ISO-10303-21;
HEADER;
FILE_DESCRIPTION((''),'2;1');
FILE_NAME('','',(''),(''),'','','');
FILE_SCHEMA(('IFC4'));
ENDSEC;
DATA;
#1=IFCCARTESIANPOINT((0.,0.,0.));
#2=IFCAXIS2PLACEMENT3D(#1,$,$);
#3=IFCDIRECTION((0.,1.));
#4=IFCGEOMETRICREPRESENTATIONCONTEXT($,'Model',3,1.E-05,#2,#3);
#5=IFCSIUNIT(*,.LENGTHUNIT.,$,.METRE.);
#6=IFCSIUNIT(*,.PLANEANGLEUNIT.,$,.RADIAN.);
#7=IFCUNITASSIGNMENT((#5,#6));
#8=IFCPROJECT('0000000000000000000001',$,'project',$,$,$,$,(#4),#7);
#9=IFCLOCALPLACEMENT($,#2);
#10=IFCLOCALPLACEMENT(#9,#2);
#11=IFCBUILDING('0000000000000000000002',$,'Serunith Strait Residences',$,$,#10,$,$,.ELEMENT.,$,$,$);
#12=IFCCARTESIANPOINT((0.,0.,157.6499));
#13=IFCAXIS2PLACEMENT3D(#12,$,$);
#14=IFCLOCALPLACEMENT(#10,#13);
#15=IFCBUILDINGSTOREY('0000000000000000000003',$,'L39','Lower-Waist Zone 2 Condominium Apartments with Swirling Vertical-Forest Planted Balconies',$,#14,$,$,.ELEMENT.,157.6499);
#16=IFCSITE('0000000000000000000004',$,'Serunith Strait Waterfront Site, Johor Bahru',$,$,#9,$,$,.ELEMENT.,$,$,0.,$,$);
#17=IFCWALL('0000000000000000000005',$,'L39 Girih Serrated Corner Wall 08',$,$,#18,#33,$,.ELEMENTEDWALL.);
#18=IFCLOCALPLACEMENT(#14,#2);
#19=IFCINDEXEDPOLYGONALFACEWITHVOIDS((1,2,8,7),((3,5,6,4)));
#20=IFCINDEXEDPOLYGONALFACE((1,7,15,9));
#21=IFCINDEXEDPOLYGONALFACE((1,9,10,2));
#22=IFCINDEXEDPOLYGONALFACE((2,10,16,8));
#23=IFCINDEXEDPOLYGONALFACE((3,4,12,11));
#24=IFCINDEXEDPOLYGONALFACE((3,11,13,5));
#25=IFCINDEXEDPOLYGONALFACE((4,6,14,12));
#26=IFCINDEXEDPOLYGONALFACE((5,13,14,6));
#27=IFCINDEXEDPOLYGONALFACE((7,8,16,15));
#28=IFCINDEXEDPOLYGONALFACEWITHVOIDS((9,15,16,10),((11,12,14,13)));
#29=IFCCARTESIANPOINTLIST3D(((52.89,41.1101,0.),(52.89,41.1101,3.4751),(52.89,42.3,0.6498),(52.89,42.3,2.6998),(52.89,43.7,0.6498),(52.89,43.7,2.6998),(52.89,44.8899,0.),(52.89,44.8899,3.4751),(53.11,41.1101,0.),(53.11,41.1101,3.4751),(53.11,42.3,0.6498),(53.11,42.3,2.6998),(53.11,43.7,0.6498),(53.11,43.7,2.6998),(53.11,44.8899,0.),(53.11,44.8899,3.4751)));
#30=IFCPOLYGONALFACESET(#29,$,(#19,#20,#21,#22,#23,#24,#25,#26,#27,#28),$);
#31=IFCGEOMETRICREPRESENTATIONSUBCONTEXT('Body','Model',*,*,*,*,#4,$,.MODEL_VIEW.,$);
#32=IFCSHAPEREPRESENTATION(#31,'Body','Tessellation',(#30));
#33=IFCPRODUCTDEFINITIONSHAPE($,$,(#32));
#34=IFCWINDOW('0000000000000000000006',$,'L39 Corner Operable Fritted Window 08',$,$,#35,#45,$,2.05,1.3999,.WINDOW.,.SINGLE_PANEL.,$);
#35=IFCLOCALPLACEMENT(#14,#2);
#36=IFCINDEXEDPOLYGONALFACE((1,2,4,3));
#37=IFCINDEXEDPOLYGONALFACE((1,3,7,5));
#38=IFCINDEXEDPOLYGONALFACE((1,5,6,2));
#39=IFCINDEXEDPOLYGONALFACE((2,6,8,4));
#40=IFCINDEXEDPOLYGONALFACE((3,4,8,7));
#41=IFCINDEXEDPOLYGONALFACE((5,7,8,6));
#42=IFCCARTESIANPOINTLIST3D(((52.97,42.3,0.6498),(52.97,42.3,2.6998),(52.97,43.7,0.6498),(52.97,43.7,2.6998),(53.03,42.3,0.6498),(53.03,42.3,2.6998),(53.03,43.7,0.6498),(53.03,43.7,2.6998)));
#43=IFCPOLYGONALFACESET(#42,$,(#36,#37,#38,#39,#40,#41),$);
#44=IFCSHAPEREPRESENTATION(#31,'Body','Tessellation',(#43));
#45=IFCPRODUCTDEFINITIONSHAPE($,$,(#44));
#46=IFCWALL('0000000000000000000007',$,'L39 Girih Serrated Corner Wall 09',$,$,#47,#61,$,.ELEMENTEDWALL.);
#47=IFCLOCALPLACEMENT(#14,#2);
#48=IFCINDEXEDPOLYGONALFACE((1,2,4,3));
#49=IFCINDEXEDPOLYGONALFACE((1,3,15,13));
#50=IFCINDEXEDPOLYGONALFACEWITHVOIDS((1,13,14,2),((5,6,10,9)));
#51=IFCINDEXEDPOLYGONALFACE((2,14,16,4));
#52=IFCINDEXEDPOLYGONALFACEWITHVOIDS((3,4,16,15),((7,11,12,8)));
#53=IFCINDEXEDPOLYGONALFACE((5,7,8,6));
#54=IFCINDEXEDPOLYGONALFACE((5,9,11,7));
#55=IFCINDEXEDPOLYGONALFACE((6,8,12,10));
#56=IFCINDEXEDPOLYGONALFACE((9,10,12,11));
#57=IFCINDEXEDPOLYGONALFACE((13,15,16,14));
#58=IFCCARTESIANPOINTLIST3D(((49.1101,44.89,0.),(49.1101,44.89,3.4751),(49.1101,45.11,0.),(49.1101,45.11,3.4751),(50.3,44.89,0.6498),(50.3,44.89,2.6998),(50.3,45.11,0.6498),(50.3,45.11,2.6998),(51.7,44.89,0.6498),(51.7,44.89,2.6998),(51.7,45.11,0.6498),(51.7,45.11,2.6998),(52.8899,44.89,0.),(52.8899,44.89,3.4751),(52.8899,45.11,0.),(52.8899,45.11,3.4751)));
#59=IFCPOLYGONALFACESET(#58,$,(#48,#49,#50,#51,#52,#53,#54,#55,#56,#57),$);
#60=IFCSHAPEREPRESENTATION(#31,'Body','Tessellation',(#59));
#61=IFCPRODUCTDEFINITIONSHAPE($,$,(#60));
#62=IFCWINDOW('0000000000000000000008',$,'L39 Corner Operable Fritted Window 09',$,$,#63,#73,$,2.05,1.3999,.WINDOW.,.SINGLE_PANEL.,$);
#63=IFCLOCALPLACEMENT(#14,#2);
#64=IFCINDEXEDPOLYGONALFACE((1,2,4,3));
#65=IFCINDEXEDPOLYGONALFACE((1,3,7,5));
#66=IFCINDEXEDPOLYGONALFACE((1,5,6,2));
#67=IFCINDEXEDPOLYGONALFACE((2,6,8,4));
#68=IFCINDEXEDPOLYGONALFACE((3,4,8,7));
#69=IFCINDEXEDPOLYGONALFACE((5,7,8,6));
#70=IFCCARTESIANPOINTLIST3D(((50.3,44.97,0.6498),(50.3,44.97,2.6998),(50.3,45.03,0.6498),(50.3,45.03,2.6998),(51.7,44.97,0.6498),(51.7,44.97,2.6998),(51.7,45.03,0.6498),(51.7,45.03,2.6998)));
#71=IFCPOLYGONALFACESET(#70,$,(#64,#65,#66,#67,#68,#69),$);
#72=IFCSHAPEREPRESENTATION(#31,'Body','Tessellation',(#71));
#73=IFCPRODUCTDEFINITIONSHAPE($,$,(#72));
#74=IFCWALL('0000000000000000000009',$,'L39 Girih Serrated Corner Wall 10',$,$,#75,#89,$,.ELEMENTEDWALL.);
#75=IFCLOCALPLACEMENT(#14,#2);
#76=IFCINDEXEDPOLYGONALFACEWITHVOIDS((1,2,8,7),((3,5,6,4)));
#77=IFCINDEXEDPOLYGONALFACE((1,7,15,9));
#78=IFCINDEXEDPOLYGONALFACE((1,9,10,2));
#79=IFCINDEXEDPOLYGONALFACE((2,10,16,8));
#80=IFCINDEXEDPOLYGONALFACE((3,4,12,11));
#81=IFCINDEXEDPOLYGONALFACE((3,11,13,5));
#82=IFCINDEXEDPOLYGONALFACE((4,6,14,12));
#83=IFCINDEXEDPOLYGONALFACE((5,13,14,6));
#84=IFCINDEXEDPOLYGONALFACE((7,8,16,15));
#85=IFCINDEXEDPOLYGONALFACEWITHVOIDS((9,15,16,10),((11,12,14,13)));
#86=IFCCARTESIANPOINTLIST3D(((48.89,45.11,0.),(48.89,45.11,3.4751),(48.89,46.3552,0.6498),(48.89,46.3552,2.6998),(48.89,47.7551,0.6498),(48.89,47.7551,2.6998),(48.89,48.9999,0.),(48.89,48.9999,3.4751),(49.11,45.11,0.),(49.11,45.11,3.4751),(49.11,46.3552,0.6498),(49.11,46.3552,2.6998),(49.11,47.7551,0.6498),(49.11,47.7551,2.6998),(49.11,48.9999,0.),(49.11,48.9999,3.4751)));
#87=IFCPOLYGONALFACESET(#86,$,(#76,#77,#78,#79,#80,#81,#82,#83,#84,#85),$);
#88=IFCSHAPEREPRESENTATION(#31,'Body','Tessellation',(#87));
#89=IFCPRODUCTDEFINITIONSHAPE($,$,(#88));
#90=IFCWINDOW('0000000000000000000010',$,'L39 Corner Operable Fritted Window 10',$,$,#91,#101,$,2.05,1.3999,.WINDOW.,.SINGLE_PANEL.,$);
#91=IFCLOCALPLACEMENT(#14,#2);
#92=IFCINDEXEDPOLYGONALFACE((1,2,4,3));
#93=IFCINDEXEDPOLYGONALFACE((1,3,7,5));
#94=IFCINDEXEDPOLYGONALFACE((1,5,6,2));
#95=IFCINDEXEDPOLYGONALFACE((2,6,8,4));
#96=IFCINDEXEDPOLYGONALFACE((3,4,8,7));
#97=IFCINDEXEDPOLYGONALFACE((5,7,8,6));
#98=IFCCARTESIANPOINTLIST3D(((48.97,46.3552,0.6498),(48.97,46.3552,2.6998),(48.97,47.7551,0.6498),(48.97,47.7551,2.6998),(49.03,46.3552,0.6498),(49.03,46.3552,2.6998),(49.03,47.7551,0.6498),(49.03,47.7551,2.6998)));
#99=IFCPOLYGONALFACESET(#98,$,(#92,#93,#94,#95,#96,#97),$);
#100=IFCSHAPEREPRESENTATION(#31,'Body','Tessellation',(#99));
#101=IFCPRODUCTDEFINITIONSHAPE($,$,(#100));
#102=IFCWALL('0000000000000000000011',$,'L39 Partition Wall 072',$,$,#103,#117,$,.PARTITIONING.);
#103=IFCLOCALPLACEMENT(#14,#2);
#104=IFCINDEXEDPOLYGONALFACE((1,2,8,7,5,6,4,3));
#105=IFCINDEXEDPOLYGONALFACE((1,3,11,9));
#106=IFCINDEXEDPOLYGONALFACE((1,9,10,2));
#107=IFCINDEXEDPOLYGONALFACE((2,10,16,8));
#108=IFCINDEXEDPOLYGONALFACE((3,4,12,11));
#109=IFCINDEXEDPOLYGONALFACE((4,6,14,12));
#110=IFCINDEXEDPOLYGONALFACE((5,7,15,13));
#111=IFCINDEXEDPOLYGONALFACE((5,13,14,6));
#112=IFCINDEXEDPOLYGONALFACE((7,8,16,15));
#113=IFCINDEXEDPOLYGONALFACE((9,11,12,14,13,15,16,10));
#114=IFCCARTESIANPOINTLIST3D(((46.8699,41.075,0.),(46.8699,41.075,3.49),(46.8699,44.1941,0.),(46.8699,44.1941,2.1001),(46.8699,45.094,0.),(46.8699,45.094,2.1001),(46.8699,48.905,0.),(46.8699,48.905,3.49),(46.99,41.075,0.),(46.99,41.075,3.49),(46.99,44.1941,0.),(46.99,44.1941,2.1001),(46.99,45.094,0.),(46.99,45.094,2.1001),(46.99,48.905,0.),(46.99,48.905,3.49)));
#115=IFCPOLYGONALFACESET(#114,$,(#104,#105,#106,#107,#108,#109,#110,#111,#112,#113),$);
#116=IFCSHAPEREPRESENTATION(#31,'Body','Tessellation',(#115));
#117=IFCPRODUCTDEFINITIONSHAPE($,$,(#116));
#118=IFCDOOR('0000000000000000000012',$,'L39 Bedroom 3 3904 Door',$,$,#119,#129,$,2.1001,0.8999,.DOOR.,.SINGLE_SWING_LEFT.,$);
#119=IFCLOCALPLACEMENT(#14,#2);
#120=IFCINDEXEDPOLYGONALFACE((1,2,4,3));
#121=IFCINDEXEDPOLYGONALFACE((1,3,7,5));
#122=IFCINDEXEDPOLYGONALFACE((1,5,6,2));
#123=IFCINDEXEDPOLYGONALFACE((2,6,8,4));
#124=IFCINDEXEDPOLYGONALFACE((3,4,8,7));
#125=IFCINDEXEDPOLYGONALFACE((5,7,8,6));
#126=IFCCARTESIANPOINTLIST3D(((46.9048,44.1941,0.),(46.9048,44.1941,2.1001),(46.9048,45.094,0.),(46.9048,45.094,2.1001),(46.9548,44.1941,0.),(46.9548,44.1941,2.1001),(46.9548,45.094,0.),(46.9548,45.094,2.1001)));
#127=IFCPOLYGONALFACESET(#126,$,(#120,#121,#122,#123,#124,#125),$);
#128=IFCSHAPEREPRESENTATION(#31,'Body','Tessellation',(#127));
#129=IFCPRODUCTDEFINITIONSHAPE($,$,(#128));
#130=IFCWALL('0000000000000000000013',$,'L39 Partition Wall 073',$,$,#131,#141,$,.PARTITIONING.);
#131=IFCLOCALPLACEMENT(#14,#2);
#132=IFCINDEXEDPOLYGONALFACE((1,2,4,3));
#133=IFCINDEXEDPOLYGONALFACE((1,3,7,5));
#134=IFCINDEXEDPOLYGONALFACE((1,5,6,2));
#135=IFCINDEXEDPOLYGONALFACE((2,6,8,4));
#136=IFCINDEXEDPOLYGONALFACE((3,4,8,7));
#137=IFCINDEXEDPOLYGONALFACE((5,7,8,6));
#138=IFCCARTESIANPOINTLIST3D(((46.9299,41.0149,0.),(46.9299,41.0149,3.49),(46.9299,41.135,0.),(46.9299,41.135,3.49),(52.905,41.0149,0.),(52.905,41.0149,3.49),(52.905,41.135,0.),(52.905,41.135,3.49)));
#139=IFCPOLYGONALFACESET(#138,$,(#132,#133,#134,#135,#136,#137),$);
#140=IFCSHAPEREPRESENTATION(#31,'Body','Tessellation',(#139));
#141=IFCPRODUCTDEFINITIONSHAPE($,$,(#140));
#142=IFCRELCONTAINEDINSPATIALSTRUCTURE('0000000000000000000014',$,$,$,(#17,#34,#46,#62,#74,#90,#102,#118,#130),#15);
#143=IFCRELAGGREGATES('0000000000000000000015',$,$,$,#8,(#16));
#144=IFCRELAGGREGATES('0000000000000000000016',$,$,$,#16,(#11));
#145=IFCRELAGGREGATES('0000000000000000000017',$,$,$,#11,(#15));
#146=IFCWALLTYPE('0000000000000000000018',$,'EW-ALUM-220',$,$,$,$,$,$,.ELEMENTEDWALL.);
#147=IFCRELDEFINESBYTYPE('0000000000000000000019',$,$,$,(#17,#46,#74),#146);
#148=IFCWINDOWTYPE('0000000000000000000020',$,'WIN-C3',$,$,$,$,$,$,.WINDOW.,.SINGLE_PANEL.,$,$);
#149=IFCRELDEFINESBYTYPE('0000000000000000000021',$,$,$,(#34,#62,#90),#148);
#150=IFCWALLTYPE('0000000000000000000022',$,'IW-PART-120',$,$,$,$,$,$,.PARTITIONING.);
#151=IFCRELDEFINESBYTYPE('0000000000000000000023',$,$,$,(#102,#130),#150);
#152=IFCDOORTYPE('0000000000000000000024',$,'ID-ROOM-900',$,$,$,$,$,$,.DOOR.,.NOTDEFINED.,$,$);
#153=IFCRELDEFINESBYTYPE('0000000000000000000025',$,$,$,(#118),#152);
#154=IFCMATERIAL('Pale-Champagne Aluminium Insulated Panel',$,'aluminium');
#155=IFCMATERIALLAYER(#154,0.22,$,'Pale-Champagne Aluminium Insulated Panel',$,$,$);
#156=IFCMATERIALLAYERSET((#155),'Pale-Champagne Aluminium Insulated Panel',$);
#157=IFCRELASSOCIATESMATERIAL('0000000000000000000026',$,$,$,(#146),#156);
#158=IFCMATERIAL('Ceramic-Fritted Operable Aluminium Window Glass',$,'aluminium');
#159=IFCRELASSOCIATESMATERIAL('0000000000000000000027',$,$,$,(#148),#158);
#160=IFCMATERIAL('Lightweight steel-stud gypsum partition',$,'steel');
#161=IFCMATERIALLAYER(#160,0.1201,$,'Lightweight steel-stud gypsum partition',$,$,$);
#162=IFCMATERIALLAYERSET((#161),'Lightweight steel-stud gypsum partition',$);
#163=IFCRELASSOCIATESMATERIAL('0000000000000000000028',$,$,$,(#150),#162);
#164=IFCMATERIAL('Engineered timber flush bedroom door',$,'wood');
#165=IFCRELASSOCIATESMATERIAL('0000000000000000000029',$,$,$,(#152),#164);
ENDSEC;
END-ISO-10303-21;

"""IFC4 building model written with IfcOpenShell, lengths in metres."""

from ifc_helpers import new_model, si_unit, direction, frame, frame_2d, origin, place, context, subcontext, project, spatial, rectangle, extrude, source, transform, mapped, material, layer, layer_set, type_object, element, fill, save


model = new_model("IFC4")

# Units and contexts
model_context = context("Model", 3, precision=1e-05, world=origin(), true_north=direction((0.0, 1.0)))
body_context = subcontext(model_context, "Body", "Model", "MODEL_VIEW")
ifc_project = project(units=[si_unit("LENGTHUNIT", "METRE"), si_unit("PLANEANGLEUNIT", "RADIAN")], contexts=[model_context])

# Site, building, storey
site_placement = place(None, origin())
site = spatial("IfcSite", under=ifc_project, at=site_placement, Name="Serunith Strait Waterfront Site, Johor Bahru", CompositionType="ELEMENT", RefElevation=0.0)
building_placement = place(site_placement, origin())
building = spatial("IfcBuilding", under=site, at=building_placement, Name="Serunith Strait Residences", CompositionType="ELEMENT")
storey_placement = place(building_placement, frame((0.0, 0.0, 157.6499)))
storey = spatial("IfcBuildingStorey", under=building, at=storey_placement, Name="L39", Description="Lower-Waist Zone 2 Condominium Apartments with Swirling Vertical-Forest Planted Balconies", CompositionType="ELEMENT", Elevation=157.6499)

# Walls, openings, windows
ifc_material_1 = material(Name="Pale-Champagne Aluminium Insulated Panel", Category="aluminium")
ifc_layer_1 = layer(ifc_material_1, 0.22, Name="Pale-Champagne Aluminium Insulated Panel")
ifc_layer_set_1 = layer_set([ifc_layer_1], Name="Pale-Champagne Aluminium Insulated Panel")
wall_type_1 = type_object("IfcWallType", Name="EW-ALUM-220", PredefinedType="ELEMENTEDWALL", material=ifc_layer_set_1)
ifc_material_2 = material(Name="Ceramic-Fritted Operable Aluminium Window Glass", Category="aluminium")
window_type = type_object("IfcWindowType", Name="WIN-C3", PartitioningType="SINGLE_PANEL", PredefinedType="WINDOW", material=ifc_material_2)
shared_shape_1 = source(origin(), body_context, "Body", "SweptSolid", [
    extrude(rectangle(XDim=1.3999, YDim=2.05, at=frame_2d((0.7, 1.0249))), frame((0.0, 0.03, 0.0), z_axis=(0.0, -1.0, 0.0), x_axis=(1.0, 0.0, 0.0)), (0.0, 0.0, 1.0), 0.0601),
])
wall_1_placement = place(storey_placement, frame((53.0, 41.1101, 0.0), z_axis=(0.0, 0.0, 1.0), x_axis=(0.0, 1.0, 0.0)))
wall_1 = element("IfcWall", 1, at=wall_1_placement, inside=storey, type_object=wall_type_1, Name="L39 Girih Serrated Corner Wall 08", PredefinedType="ELEMENTEDWALL", context=body_context, shape_type="SweptSolid", body=[
    extrude(rectangle(XDim=3.7798, YDim=0.22, at=frame_2d((1.8899, 0.0))), origin(), (0.0, 0.0, 1.0), 3.4751),
])
opening_1_placement = place(wall_1_placement, frame((1.1899, 0.0, 0.6499)))
opening_1 = element("IfcOpeningElement", 2, at=opening_1_placement, cuts=wall_1, PredefinedType="OPENING", context=body_context, shape_type="SweptSolid", body=[
    extrude(rectangle(XDim=1.3999, YDim=2.05, at=frame_2d((0.7, 1.0249))), frame((0.0, 0.1201, 0.0), z_axis=(0.0, -1.0, 0.0), x_axis=(1.0, 0.0, 0.0)), (0.0, 0.0, 1.0), 0.24),
])
window_1_placement = place(opening_1_placement, origin())
window_1 = element("IfcWindow", 3, at=window_1_placement, inside=storey, type_object=window_type, Name="L39 Corner Operable Fritted Window 08", OverallHeight=2.05, OverallWidth=1.3999, PartitioningType="SINGLE_PANEL", PredefinedType="WINDOW", context=body_context, shape_type="MappedRepresentation", body=[
    mapped(shared_shape_1, transform((0.0, 0.0, 0.0), scale=1.0)),
])
fill(opening_1, window_1)
wall_2_placement = place(storey_placement, frame((52.8899, 45.0, 0.0), z_axis=(0.0, 0.0, 1.0), x_axis=(-1.0, 0.0, 0.0)))
wall_2 = element("IfcWall", 4, at=wall_2_placement, inside=storey, type_object=wall_type_1, Name="L39 Girih Serrated Corner Wall 09", PredefinedType="ELEMENTEDWALL", context=body_context, shape_type="SweptSolid", body=[
    extrude(rectangle(XDim=3.7798, YDim=0.22, at=frame_2d((1.8899, 0.0))), origin(), (0.0, 0.0, 1.0), 3.4751),
])
opening_2_placement = place(wall_2_placement, frame((1.1899, 0.0, 0.6499)))
opening_2 = element("IfcOpeningElement", 5, at=opening_2_placement, cuts=wall_2, PredefinedType="OPENING", context=body_context, shape_type="SweptSolid", body=[
    extrude(rectangle(XDim=1.3999, YDim=2.05, at=frame_2d((0.7, 1.0249))), frame((0.0, 0.1201, 0.0), z_axis=(0.0, -1.0, 0.0), x_axis=(1.0, 0.0, 0.0)), (0.0, 0.0, 1.0), 0.24),
])
window_2_placement = place(opening_2_placement, origin())
window_2 = element("IfcWindow", 6, at=window_2_placement, inside=storey, type_object=window_type, Name="L39 Corner Operable Fritted Window 09", OverallHeight=2.05, OverallWidth=1.3999, PartitioningType="SINGLE_PANEL", PredefinedType="WINDOW", context=body_context, shape_type="MappedRepresentation", body=[
    mapped(shared_shape_1, transform((0.0, 0.0, 0.0), scale=1.0)),
])
fill(opening_2, window_2)
wall_3_placement = place(storey_placement, frame((49.0, 45.1101, 0.0), z_axis=(0.0, 0.0, 1.0), x_axis=(0.0, 1.0, 0.0)))
wall_3 = element("IfcWall", 7, at=wall_3_placement, inside=storey, type_object=wall_type_1, Name="L39 Girih Serrated Corner Wall 10", PredefinedType="ELEMENTEDWALL", context=body_context, shape_type="SweptSolid", body=[
    extrude(rectangle(XDim=3.8899, YDim=0.22, at=frame_2d((1.9448, 0.0))), origin(), (0.0, 0.0, 1.0), 3.4751),
])
opening_3_placement = place(wall_3_placement, frame((1.2451, 0.0, 0.6499)))
opening_3 = element("IfcOpeningElement", 8, at=opening_3_placement, cuts=wall_3, PredefinedType="OPENING", context=body_context, shape_type="SweptSolid", body=[
    extrude(rectangle(XDim=1.3999, YDim=2.05, at=frame_2d((0.7, 1.0249))), frame((0.0, 0.1201, 0.0), z_axis=(0.0, -1.0, 0.0), x_axis=(1.0, 0.0, 0.0)), (0.0, 0.0, 1.0), 0.24),
])
window_3_placement = place(opening_3_placement, origin())
window_3 = element("IfcWindow", 9, at=window_3_placement, inside=storey, type_object=window_type, Name="L39 Corner Operable Fritted Window 10", OverallHeight=2.05, OverallWidth=1.3999, PartitioningType="SINGLE_PANEL", PredefinedType="WINDOW", context=body_context, shape_type="MappedRepresentation", body=[
    mapped(shared_shape_1, transform((0.0, 0.0, 0.0), scale=1.0)),
])
fill(opening_3, window_3)

# Wall, opening, door
ifc_material_3 = material(Name="Lightweight steel-stud gypsum partition", Category="steel")
ifc_layer_2 = layer(ifc_material_3, 0.1201, Name="Lightweight steel-stud gypsum partition")
ifc_layer_set_2 = layer_set([ifc_layer_2], Name="Lightweight steel-stud gypsum partition")
wall_type_2 = type_object("IfcWallType", Name="IW-PART-120", PredefinedType="PARTITIONING", material=ifc_layer_set_2)
wall_4_placement = place(storey_placement, frame((46.9299, 48.905, 0.0), z_axis=(0.0, 0.0, 1.0), x_axis=(0.0, -1.0, 0.0)))
wall_4 = element("IfcWall", 10, at=wall_4_placement, inside=storey, type_object=wall_type_2, Name="L39 Partition Wall 072", PredefinedType="PARTITIONING", context=body_context, shape_type="SweptSolid", body=[
    extrude(rectangle(XDim=7.8301, YDim=0.1201, at=frame_2d((3.915, 0.0))), origin(), (0.0, 0.0, 1.0), 3.49),
])
opening_4_placement = place(wall_4_placement, frame((3.811, 0.0, 0.0)))
opening_4 = element("IfcOpeningElement", 11, at=opening_4_placement, cuts=wall_4, PredefinedType="OPENING", context=body_context, shape_type="SweptSolid", body=[
    extrude(rectangle(XDim=0.8999, YDim=2.1001, at=frame_2d((0.45, 1.05))), frame((0.0, 0.0701, 0.0), z_axis=(0.0, -1.0, 0.0), x_axis=(1.0, 0.0, 0.0)), (0.0, 0.0, 1.0), 0.1401),
])
ifc_material_4 = material(Name="Engineered timber flush bedroom door", Category="wood")
door_type_1 = type_object("IfcDoorType", Name="ID-ROOM-900", OperationType="NOTDEFINED", PredefinedType="DOOR", material=ifc_material_4)
shared_shape_2 = source(origin(), body_context, "Body", "SweptSolid", [
    extrude(rectangle(XDim=0.8999, YDim=2.1001, at=frame_2d((0.45, 1.05))), frame((0.0, 0.0249, 0.0), z_axis=(0.0, -1.0, 0.0), x_axis=(1.0, 0.0, 0.0)), (0.0, 0.0, 1.0), 0.05),
])
door_1_placement = place(opening_4_placement, origin())
door_1 = element("IfcDoor", 12, at=door_1_placement, inside=storey, type_object=door_type_1, Name="L39 Bedroom 3 3904 Door", OperationType="SINGLE_SWING_LEFT", OverallHeight=2.1001, OverallWidth=0.8999, PredefinedType="DOOR", context=body_context, shape_type="MappedRepresentation", body=[
    mapped(shared_shape_2, transform((0.0, 0.0, 0.0), scale=1.0)),
])
fill(opening_4, door_1)

# Wall
wall_5_placement = place(storey_placement, frame((46.9299, 41.075, 0.0), z_axis=(0.0, 0.0, 1.0), x_axis=(1.0, 0.0, 0.0)))
element("IfcWall", 13, at=wall_5_placement, inside=storey, type_object=wall_type_2, Name="L39 Partition Wall 073", PredefinedType="PARTITIONING", context=body_context, shape_type="SweptSolid", body=[
    extrude(rectangle(XDim=5.9751, YDim=0.1201, at=frame_2d((2.9875, 0.0))), origin(), (0.0, 0.0, 1.0), 3.49),
])

save(model, "model.ifc")
